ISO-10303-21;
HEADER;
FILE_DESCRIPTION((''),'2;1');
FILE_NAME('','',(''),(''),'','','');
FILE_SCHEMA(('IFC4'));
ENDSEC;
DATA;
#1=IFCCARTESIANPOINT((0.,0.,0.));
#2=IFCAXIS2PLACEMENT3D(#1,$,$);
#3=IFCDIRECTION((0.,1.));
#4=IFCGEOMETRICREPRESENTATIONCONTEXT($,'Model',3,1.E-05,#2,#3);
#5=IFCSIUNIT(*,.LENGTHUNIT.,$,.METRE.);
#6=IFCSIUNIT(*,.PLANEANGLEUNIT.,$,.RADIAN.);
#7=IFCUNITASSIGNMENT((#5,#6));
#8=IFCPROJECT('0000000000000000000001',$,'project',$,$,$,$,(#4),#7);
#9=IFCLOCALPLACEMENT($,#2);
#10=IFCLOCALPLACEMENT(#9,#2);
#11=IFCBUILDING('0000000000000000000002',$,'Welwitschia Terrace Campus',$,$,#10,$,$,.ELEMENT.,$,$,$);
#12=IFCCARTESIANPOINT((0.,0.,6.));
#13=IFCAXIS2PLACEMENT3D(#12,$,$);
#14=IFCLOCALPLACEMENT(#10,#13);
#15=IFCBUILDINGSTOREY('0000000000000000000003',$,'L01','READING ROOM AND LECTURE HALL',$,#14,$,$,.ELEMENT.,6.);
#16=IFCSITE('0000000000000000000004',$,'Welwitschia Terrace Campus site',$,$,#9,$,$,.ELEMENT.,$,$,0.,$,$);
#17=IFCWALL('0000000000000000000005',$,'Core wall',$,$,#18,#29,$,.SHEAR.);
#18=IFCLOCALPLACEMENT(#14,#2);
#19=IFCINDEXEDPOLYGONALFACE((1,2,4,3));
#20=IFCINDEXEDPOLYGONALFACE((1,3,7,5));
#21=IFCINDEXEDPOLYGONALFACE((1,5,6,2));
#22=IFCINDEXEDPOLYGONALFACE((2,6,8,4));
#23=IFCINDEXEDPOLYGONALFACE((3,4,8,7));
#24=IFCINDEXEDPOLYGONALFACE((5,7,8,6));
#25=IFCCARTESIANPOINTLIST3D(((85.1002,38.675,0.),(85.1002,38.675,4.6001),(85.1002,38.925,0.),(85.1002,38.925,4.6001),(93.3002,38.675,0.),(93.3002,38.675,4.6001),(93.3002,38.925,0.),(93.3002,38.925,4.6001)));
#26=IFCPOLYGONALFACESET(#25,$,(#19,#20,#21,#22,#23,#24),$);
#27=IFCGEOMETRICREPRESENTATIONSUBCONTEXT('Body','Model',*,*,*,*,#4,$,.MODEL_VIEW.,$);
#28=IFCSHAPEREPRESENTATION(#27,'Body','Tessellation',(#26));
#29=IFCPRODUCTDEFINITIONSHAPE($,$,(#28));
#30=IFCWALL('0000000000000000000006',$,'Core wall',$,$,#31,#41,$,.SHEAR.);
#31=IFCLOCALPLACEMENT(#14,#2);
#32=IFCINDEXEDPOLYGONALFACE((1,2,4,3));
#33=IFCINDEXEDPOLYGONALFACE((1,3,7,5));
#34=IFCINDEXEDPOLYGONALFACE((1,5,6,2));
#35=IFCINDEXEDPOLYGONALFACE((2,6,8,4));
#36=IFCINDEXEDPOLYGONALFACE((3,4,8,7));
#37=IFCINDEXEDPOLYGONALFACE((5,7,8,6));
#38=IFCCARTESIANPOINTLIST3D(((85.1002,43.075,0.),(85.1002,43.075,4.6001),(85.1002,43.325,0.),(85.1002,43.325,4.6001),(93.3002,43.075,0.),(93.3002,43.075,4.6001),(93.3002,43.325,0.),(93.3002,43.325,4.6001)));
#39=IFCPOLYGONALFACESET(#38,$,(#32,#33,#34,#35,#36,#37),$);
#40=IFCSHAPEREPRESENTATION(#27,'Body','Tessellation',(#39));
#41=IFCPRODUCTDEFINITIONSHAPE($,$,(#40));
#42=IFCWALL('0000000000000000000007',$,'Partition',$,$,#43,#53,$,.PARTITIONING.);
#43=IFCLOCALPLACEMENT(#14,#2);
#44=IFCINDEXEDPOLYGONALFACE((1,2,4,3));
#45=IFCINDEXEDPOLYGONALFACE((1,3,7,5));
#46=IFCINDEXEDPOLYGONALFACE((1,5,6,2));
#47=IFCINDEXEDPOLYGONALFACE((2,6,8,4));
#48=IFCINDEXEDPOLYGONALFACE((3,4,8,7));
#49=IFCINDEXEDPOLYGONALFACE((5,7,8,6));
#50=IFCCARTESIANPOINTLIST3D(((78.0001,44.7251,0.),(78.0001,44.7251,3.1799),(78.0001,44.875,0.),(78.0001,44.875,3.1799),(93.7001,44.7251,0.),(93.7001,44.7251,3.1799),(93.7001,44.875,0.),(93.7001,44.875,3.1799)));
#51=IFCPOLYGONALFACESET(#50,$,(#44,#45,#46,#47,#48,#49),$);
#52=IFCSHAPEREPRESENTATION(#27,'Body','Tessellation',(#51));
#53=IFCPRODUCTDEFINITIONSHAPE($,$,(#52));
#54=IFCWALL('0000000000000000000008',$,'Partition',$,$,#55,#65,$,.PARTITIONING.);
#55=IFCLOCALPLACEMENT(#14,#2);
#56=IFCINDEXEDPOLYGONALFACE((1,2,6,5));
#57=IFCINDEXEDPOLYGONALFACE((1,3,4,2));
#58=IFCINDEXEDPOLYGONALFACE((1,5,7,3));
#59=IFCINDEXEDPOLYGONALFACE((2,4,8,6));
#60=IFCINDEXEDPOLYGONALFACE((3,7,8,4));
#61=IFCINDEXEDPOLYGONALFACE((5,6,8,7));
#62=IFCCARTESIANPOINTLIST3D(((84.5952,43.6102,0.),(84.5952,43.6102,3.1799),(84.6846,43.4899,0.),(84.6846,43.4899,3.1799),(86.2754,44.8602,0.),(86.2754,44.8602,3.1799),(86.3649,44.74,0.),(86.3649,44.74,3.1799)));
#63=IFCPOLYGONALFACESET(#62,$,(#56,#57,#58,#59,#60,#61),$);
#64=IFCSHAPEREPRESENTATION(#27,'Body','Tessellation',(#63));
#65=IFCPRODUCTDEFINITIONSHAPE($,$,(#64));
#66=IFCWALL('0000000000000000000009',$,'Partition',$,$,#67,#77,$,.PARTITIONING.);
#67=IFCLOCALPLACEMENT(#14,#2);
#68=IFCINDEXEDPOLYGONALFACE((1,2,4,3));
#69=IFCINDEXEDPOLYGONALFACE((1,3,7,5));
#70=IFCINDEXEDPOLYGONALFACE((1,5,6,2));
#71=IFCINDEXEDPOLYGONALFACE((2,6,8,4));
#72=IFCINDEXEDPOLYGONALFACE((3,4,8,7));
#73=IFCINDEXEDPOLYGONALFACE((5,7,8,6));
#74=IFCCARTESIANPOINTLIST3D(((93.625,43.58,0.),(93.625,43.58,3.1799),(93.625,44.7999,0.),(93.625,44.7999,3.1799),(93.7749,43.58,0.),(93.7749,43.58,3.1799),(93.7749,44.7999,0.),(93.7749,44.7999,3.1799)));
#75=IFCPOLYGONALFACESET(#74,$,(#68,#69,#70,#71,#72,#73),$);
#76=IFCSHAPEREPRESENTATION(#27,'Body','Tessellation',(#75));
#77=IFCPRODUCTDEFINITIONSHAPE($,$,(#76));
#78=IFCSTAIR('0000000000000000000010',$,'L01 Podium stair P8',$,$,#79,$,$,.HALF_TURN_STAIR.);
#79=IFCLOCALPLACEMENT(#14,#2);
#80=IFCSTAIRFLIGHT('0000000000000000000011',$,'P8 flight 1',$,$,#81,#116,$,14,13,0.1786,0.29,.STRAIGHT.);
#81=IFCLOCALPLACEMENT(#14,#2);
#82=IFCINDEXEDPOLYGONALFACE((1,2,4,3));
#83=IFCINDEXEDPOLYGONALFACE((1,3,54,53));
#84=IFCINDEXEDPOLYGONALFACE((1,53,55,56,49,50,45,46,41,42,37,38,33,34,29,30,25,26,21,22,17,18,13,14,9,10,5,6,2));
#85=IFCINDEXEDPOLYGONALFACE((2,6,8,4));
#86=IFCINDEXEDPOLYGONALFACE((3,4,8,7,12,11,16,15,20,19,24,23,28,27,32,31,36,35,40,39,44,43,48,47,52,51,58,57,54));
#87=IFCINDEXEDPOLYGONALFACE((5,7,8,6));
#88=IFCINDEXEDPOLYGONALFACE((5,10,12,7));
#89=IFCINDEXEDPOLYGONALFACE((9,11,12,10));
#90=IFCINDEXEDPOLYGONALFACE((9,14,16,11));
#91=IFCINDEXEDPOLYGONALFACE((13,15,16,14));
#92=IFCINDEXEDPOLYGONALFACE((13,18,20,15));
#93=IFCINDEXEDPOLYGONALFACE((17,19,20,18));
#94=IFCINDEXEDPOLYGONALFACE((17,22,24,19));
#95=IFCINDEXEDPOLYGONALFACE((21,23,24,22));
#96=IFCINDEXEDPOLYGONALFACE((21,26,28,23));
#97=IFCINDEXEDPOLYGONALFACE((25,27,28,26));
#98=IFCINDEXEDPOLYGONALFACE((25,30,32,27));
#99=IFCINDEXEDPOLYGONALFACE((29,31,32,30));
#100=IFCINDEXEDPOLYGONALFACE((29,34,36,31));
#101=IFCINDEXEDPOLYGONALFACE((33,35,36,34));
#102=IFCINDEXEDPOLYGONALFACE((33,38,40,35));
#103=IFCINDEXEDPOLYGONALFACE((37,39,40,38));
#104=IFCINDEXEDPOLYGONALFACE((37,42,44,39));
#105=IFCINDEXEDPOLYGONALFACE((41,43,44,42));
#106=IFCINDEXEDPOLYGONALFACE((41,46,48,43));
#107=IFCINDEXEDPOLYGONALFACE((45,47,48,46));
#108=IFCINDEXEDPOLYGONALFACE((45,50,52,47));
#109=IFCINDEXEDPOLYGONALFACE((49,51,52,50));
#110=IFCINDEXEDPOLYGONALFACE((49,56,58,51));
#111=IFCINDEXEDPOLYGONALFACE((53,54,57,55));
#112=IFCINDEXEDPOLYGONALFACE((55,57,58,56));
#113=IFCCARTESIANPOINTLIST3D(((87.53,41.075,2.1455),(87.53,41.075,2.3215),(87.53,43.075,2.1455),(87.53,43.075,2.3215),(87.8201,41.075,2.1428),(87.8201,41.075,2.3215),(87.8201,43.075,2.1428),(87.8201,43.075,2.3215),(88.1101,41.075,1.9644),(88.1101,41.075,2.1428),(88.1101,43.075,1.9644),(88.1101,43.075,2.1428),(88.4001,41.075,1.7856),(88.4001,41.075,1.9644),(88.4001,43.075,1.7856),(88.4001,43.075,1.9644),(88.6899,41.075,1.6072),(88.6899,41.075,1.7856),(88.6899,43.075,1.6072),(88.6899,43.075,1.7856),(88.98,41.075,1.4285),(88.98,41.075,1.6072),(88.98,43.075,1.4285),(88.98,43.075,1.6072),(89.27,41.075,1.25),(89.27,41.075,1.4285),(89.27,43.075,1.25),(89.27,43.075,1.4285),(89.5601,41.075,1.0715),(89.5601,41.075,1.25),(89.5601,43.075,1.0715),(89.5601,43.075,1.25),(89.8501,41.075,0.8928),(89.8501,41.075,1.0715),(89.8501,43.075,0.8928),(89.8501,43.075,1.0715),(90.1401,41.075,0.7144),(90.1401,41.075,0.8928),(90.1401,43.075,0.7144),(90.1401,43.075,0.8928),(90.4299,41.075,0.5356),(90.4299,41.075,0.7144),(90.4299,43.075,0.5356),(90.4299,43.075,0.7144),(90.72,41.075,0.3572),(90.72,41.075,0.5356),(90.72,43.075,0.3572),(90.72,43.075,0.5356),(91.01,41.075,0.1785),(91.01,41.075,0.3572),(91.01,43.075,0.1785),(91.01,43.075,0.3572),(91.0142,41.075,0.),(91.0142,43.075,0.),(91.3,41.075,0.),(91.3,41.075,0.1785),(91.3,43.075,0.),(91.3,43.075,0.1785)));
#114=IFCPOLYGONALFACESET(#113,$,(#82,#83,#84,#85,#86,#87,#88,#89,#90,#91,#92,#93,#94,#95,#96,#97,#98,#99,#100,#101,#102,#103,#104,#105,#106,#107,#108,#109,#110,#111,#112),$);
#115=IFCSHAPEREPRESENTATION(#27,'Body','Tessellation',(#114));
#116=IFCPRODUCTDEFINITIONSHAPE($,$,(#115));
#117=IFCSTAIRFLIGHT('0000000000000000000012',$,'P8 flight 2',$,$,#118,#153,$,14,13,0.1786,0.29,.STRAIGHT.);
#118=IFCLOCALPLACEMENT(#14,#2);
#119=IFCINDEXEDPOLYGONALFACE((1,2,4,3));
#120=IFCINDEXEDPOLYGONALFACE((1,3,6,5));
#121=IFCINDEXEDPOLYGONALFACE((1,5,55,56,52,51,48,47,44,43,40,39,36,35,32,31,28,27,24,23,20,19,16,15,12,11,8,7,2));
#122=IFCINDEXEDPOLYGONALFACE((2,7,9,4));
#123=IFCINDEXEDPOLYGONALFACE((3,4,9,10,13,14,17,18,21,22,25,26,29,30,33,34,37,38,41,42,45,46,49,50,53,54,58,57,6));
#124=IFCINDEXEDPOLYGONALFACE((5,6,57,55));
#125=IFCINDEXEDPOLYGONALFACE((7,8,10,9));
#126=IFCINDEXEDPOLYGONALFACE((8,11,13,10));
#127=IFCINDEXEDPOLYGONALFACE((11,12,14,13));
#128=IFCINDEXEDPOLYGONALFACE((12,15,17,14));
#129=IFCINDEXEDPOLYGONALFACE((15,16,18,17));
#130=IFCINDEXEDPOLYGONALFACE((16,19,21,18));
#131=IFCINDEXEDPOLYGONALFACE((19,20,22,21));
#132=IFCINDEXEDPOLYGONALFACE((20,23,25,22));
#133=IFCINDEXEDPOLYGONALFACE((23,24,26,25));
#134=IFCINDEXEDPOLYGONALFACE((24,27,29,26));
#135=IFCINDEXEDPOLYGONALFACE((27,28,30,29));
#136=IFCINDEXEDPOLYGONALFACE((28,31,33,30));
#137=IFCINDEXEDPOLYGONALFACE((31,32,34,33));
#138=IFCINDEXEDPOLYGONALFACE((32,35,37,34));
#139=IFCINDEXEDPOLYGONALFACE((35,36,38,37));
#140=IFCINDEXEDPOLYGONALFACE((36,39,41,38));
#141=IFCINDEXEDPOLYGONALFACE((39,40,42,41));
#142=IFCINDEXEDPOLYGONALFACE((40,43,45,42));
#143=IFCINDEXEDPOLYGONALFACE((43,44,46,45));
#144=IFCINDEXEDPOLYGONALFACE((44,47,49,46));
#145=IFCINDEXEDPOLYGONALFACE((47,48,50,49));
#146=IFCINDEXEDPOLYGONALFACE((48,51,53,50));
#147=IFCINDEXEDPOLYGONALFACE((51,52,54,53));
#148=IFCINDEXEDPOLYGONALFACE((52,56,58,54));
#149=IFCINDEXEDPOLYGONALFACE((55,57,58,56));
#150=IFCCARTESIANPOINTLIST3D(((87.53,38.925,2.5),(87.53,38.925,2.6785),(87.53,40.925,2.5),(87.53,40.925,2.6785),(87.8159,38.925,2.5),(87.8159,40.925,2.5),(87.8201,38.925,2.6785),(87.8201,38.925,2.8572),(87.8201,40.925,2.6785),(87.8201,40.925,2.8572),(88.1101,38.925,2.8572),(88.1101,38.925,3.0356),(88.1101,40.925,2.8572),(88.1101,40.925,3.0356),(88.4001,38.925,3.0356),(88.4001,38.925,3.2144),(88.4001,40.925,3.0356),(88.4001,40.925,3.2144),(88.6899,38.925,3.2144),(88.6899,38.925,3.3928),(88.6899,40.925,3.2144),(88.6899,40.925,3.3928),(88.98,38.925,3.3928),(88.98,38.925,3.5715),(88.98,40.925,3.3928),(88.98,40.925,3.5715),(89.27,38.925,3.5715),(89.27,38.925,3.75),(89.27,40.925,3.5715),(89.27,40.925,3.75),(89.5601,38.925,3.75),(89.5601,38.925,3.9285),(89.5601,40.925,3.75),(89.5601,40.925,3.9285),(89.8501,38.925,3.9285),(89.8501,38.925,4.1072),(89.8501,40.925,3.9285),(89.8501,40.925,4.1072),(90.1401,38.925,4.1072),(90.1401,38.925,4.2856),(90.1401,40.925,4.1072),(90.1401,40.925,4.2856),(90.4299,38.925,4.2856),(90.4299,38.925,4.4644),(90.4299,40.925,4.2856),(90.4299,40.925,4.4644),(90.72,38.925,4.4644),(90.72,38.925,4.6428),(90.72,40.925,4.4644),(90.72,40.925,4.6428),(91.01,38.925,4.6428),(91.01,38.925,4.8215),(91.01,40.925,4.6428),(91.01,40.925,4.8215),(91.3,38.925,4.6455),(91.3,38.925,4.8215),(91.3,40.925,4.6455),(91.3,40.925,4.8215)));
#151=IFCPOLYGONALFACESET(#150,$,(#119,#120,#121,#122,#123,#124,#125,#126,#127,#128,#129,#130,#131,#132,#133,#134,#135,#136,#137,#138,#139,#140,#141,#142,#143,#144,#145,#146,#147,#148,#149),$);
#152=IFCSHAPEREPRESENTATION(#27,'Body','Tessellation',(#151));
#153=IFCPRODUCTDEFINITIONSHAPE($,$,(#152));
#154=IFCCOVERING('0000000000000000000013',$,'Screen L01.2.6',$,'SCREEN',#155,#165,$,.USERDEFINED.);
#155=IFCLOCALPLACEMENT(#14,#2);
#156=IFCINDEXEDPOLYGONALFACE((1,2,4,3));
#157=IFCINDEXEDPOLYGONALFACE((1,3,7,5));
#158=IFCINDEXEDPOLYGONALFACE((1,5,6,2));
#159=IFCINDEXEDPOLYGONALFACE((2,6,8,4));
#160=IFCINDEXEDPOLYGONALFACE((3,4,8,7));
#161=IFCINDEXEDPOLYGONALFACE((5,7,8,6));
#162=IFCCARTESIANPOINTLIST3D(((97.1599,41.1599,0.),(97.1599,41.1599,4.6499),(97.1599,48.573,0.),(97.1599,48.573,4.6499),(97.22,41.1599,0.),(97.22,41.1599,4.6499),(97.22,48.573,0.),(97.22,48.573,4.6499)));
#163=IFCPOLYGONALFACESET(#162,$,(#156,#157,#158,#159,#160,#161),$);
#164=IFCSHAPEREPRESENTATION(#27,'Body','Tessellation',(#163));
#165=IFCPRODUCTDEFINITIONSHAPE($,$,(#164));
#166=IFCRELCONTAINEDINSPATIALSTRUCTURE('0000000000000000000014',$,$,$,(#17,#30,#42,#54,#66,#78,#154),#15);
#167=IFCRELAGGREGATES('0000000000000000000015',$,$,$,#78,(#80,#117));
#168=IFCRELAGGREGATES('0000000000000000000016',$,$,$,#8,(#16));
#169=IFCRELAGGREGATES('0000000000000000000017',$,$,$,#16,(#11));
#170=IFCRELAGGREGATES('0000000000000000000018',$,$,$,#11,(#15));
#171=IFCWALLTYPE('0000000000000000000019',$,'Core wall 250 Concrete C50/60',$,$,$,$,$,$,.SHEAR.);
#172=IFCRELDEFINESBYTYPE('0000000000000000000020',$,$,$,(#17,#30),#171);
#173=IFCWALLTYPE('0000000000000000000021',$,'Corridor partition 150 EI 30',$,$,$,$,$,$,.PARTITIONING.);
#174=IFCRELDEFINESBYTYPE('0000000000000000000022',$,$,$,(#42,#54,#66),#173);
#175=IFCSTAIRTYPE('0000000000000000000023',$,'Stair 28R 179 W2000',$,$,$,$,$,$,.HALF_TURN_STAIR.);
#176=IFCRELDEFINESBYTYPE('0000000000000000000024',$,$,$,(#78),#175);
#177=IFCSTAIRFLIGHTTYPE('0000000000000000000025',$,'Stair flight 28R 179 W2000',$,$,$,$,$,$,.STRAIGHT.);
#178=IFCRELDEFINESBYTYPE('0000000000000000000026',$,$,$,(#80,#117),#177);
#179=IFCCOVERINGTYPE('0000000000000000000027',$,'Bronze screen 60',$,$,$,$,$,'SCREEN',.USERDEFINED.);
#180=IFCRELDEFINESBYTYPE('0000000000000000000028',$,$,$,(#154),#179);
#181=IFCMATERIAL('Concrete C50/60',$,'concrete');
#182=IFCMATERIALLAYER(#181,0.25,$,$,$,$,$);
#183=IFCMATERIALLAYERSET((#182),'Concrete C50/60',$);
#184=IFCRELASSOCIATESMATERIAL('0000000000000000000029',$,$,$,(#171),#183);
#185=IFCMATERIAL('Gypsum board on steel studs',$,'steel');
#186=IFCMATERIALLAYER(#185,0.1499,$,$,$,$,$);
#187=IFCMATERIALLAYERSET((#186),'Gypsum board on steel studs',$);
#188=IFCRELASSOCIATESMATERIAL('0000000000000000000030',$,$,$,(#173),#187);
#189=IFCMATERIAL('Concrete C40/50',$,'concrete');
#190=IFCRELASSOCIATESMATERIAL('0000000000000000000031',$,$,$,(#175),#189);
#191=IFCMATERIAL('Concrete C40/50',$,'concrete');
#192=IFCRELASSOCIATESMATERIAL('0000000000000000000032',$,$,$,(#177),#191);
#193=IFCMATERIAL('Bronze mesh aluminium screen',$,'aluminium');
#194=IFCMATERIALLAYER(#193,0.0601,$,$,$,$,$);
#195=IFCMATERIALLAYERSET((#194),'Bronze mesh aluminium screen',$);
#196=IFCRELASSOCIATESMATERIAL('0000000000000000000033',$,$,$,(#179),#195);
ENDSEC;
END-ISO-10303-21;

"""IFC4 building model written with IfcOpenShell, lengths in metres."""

from ifc_helpers import new_model, si_unit, direction, frame, frame_2d, origin, origin_2d, place, context, subcontext, project, spatial, polyline, rectangle, outline, extrude, material, layer, layer_set, type_object, element, aggregate, save


model = new_model("IFC4")

# Units and contexts
model_context = context("Model", 3, precision=1e-05, world=origin(), true_north=direction((0.0, 1.0)))
body_context = subcontext(model_context, "Body", "Model", "MODEL_VIEW")
ifc_project = project(units=[si_unit("LENGTHUNIT", "METRE"), si_unit("PLANEANGLEUNIT", "RADIAN")], contexts=[model_context])

# Site, building, storey
site_placement = place(None, origin())
site = spatial("IfcSite", under=ifc_project, at=site_placement, Name="Welwitschia Terrace Campus site", CompositionType="ELEMENT", RefElevation=0.0)
building_placement = place(site_placement, origin())
building = spatial("IfcBuilding", under=site, at=building_placement, Name="Welwitschia Terrace Campus", CompositionType="ELEMENT")
storey_placement = place(building_placement, frame((0.0, 0.0, 6.0)))
storey = spatial("IfcBuildingStorey", under=building, at=storey_placement, Name="L01", Description="READING ROOM AND LECTURE HALL", CompositionType="ELEMENT", Elevation=6.0)

# Shared definitions
ifc_material_1 = material(Name="Concrete C50/60", Category="concrete")
ifc_layer_1 = layer(ifc_material_1, 0.25)
ifc_layer_set_1 = layer_set([ifc_layer_1], Name="Concrete C50/60")
wall_type_1 = type_object("IfcWallType", Name="Core wall 250 Concrete C50/60", PredefinedType="SHEAR", material=ifc_layer_set_1)

# Walls
for number, where, z_axis, x_axis, name in (
    (1, (85.1001, 38.8, 0.0), (0.0, 0.0, 1.0), (1.0, 0.0, 0.0), "Core wall"),
    (2, (85.1001, 43.2, 0.0), (0.0, 0.0, 1.0), (1.0, 0.0, 0.0), "Core wall"),
):
    element("IfcWall", number, at=place(storey_placement, frame(where, z_axis=z_axis, x_axis=x_axis)), inside=storey, type_object=wall_type_1, Name=name, PredefinedType="SHEAR", context=body_context, shape_type="SweptSolid", body=[
        extrude(rectangle(XDim=8.2, YDim=0.25, at=frame_2d((4.1001, 0.0))), origin(), (0.0, 0.0, 1.0), 4.6001),
    ])
ifc_material_2 = material(Name="Gypsum board on steel studs", Category="steel")
ifc_layer_2 = layer(ifc_material_2, 0.1499)
ifc_layer_set_2 = layer_set([ifc_layer_2], Name="Gypsum board on steel studs")
wall_type_2 = type_object("IfcWallType", Name="Corridor partition 150 EI 30", PredefinedType="PARTITIONING", material=ifc_layer_set_2)
wall_1_placement = place(storey_placement, frame((78.0, 44.8, 0.0), z_axis=(0.0, 0.0, 1.0), x_axis=(1.0, 0.0, 0.0)))
element("IfcWall", 3, at=wall_1_placement, inside=storey, type_object=wall_type_2, Name="Partition", PredefinedType="PARTITIONING", context=body_context, shape_type="SweptSolid", body=[
    extrude(rectangle(XDim=15.7, YDim=0.1499, at=frame_2d((7.8501, 0.0))), origin(), (0.0, 0.0, 1.0), 3.1799),
])
wall_2_placement = place(storey_placement, frame((84.6399, 43.55, 0.0), z_axis=(0.0, 0.0, 1.0), x_axis=(0.802316, 0.596899, 0.0)))
element("IfcWall", 4, at=wall_2_placement, inside=storey, type_object=wall_type_2, Name="Partition", PredefinedType="PARTITIONING", context=body_context, shape_type="SweptSolid", body=[
    extrude(rectangle(XDim=2.0942, YDim=0.1499, at=frame_2d((1.0471, 0.0))), origin(), (0.0, 0.0, 1.0), 3.1799),
])
wall_3_placement = place(storey_placement, frame((93.7, 43.5801, 0.0), z_axis=(0.0, 0.0, 1.0), x_axis=(0.0, 1.0, 0.0)))
element("IfcWall", 5, at=wall_3_placement, inside=storey, type_object=wall_type_2, Name="Partition", PredefinedType="PARTITIONING", context=body_context, shape_type="SweptSolid", body=[
    extrude(rectangle(XDim=1.22, YDim=0.1499, at=frame_2d((0.6099, 0.0))), origin(), (0.0, 0.0, 1.0), 3.1799),
])

# Stair, stair flights
ifc_material_3 = material(Name="Concrete C40/50", Category="concrete")
stair_type = type_object("IfcStairType", Name="Stair 28R 179 W2000", PredefinedType="HALF_TURN_STAIR", material=ifc_material_3)
stair_placement = place(storey_placement, origin())
stair = element("IfcStair", 6, at=stair_placement, inside=storey, type_object=stair_type, Name="L01 Podium stair P8", PredefinedType="HALF_TURN_STAIR")
ifc_material_4 = material(Name="Concrete C40/50", Category="concrete")
stair_flight_type = type_object("IfcStairFlightType", Name="Stair flight 28R 179 W2000", PredefinedType="STRAIGHT", material=ifc_material_4)
stair_flight_1_placement = place(storey_placement, frame((91.3, 42.075, 0.0), z_axis=(0.0, 0.0, 1.0), x_axis=(-1.0, 0.0, 0.0)))
stair_flight_1 = element("IfcStairFlight", 7, at=stair_flight_1_placement, type_object=stair_flight_type, Name="P8 flight 1", NumberOfRisers=14, NumberOfTreads=13, PredefinedType="STRAIGHT", RiserHeight=0.1786, TreadLength=0.29, context=body_context, shape_type="SweptSolid", body=[
    extrude(outline(polyline([(0.0, 0.0), (0.0, 0.1785), (0.29, 0.1785), (0.29, 0.3572), (0.5801, 0.3572), (0.5801, 0.5356), (0.8701, 0.5356), (0.8701, 0.7144), (1.1599, 0.7144), (1.1599, 0.8928), (1.45, 0.8928), (1.45, 1.0715), (1.74, 1.0715), (1.74, 1.25), (2.03, 1.25), (2.03, 1.4285), (2.3201, 1.4285), (2.3201, 1.6072), (2.6101, 1.6072), (2.6101, 1.7856), (2.8999, 1.7856), (2.8999, 1.9644), (3.1899, 1.9644), (3.1899, 2.1428), (3.48, 2.1428), (3.48, 2.3215), (3.77, 2.3215), (3.77, 2.5), (3.77, 2.1455), (0.2859, 0.0), (0.0, 0.0)])), frame((0.0, 1.0, 0.0), z_axis=(0.0, -1.0, 0.0), x_axis=(1.0, 0.0, 0.0)), (0.0, 0.0, 1.0), 2.0),
])
stair_flight_2_placement = place(storey_placement, frame((87.53, 39.925, 2.5), z_axis=(0.0, 0.0, 1.0), x_axis=(1.0, 0.0, 0.0)))
stair_flight_2 = element("IfcStairFlight", 8, at=stair_flight_2_placement, type_object=stair_flight_type, Name="P8 flight 2", NumberOfRisers=14, NumberOfTreads=13, PredefinedType="STRAIGHT", RiserHeight=0.1786, TreadLength=0.29, context=body_context, shape_type="SweptSolid", body=[
    extrude(outline(polyline([(0.0, 0.0), (0.0, 0.1785), (0.29, 0.1785), (0.29, 0.3572), (0.5801, 0.3572), (0.5801, 0.5356), (0.8701, 0.5356), (0.8701, 0.7144), (1.1599, 0.7144), (1.1599, 0.8928), (1.45, 0.8928), (1.45, 1.0715), (1.74, 1.0715), (1.74, 1.25), (2.03, 1.25), (2.03, 1.4285), (2.3201, 1.4285), (2.3201, 1.6072), (2.6101, 1.6072), (2.6101, 1.7856), (2.8999, 1.7856), (2.8999, 1.9644), (3.1899, 1.9644), (3.1899, 2.1428), (3.48, 2.1428), (3.48, 2.3215), (3.77, 2.3215), (3.77, 2.5), (3.77, 2.1455), (0.2859, 0.0), (0.0, 0.0)])), frame((0.0, 1.0, 0.0), z_axis=(0.0, -1.0, 0.0), x_axis=(1.0, 0.0, 0.0)), (0.0, 0.0, 1.0), 2.0),
])
aggregate(stair, [stair_flight_1, stair_flight_2])

# Covering
ifc_material_5 = material(Name="Bronze mesh aluminium screen", Category="aluminium")
ifc_layer_3 = layer(ifc_material_5, 0.0601)
ifc_layer_set_3 = layer_set([ifc_layer_3], Name="Bronze mesh aluminium screen")
covering_type = type_object("IfcCoveringType", Name="Bronze screen 60", ElementType="SCREEN", PredefinedType="USERDEFINED", material=ifc_layer_set_3)
covering_placement = place(storey_placement, frame((97.1899, 44.8665, 0.0), z_axis=(0.0, 0.0, 1.0), x_axis=(0.0, 1.0, 0.0)))
element("IfcCovering", 9, at=covering_placement, inside=storey, type_object=covering_type, Name="Screen L01.2.6", ObjectType="SCREEN", PredefinedType="USERDEFINED", context=body_context, shape_type="SweptSolid", body=[
    extrude(rectangle(XDim=7.4131, YDim=0.0601, at=origin_2d()), origin(), (0.0, 0.0, 1.0), 4.6499),
])

save(model, "model.ifc")
